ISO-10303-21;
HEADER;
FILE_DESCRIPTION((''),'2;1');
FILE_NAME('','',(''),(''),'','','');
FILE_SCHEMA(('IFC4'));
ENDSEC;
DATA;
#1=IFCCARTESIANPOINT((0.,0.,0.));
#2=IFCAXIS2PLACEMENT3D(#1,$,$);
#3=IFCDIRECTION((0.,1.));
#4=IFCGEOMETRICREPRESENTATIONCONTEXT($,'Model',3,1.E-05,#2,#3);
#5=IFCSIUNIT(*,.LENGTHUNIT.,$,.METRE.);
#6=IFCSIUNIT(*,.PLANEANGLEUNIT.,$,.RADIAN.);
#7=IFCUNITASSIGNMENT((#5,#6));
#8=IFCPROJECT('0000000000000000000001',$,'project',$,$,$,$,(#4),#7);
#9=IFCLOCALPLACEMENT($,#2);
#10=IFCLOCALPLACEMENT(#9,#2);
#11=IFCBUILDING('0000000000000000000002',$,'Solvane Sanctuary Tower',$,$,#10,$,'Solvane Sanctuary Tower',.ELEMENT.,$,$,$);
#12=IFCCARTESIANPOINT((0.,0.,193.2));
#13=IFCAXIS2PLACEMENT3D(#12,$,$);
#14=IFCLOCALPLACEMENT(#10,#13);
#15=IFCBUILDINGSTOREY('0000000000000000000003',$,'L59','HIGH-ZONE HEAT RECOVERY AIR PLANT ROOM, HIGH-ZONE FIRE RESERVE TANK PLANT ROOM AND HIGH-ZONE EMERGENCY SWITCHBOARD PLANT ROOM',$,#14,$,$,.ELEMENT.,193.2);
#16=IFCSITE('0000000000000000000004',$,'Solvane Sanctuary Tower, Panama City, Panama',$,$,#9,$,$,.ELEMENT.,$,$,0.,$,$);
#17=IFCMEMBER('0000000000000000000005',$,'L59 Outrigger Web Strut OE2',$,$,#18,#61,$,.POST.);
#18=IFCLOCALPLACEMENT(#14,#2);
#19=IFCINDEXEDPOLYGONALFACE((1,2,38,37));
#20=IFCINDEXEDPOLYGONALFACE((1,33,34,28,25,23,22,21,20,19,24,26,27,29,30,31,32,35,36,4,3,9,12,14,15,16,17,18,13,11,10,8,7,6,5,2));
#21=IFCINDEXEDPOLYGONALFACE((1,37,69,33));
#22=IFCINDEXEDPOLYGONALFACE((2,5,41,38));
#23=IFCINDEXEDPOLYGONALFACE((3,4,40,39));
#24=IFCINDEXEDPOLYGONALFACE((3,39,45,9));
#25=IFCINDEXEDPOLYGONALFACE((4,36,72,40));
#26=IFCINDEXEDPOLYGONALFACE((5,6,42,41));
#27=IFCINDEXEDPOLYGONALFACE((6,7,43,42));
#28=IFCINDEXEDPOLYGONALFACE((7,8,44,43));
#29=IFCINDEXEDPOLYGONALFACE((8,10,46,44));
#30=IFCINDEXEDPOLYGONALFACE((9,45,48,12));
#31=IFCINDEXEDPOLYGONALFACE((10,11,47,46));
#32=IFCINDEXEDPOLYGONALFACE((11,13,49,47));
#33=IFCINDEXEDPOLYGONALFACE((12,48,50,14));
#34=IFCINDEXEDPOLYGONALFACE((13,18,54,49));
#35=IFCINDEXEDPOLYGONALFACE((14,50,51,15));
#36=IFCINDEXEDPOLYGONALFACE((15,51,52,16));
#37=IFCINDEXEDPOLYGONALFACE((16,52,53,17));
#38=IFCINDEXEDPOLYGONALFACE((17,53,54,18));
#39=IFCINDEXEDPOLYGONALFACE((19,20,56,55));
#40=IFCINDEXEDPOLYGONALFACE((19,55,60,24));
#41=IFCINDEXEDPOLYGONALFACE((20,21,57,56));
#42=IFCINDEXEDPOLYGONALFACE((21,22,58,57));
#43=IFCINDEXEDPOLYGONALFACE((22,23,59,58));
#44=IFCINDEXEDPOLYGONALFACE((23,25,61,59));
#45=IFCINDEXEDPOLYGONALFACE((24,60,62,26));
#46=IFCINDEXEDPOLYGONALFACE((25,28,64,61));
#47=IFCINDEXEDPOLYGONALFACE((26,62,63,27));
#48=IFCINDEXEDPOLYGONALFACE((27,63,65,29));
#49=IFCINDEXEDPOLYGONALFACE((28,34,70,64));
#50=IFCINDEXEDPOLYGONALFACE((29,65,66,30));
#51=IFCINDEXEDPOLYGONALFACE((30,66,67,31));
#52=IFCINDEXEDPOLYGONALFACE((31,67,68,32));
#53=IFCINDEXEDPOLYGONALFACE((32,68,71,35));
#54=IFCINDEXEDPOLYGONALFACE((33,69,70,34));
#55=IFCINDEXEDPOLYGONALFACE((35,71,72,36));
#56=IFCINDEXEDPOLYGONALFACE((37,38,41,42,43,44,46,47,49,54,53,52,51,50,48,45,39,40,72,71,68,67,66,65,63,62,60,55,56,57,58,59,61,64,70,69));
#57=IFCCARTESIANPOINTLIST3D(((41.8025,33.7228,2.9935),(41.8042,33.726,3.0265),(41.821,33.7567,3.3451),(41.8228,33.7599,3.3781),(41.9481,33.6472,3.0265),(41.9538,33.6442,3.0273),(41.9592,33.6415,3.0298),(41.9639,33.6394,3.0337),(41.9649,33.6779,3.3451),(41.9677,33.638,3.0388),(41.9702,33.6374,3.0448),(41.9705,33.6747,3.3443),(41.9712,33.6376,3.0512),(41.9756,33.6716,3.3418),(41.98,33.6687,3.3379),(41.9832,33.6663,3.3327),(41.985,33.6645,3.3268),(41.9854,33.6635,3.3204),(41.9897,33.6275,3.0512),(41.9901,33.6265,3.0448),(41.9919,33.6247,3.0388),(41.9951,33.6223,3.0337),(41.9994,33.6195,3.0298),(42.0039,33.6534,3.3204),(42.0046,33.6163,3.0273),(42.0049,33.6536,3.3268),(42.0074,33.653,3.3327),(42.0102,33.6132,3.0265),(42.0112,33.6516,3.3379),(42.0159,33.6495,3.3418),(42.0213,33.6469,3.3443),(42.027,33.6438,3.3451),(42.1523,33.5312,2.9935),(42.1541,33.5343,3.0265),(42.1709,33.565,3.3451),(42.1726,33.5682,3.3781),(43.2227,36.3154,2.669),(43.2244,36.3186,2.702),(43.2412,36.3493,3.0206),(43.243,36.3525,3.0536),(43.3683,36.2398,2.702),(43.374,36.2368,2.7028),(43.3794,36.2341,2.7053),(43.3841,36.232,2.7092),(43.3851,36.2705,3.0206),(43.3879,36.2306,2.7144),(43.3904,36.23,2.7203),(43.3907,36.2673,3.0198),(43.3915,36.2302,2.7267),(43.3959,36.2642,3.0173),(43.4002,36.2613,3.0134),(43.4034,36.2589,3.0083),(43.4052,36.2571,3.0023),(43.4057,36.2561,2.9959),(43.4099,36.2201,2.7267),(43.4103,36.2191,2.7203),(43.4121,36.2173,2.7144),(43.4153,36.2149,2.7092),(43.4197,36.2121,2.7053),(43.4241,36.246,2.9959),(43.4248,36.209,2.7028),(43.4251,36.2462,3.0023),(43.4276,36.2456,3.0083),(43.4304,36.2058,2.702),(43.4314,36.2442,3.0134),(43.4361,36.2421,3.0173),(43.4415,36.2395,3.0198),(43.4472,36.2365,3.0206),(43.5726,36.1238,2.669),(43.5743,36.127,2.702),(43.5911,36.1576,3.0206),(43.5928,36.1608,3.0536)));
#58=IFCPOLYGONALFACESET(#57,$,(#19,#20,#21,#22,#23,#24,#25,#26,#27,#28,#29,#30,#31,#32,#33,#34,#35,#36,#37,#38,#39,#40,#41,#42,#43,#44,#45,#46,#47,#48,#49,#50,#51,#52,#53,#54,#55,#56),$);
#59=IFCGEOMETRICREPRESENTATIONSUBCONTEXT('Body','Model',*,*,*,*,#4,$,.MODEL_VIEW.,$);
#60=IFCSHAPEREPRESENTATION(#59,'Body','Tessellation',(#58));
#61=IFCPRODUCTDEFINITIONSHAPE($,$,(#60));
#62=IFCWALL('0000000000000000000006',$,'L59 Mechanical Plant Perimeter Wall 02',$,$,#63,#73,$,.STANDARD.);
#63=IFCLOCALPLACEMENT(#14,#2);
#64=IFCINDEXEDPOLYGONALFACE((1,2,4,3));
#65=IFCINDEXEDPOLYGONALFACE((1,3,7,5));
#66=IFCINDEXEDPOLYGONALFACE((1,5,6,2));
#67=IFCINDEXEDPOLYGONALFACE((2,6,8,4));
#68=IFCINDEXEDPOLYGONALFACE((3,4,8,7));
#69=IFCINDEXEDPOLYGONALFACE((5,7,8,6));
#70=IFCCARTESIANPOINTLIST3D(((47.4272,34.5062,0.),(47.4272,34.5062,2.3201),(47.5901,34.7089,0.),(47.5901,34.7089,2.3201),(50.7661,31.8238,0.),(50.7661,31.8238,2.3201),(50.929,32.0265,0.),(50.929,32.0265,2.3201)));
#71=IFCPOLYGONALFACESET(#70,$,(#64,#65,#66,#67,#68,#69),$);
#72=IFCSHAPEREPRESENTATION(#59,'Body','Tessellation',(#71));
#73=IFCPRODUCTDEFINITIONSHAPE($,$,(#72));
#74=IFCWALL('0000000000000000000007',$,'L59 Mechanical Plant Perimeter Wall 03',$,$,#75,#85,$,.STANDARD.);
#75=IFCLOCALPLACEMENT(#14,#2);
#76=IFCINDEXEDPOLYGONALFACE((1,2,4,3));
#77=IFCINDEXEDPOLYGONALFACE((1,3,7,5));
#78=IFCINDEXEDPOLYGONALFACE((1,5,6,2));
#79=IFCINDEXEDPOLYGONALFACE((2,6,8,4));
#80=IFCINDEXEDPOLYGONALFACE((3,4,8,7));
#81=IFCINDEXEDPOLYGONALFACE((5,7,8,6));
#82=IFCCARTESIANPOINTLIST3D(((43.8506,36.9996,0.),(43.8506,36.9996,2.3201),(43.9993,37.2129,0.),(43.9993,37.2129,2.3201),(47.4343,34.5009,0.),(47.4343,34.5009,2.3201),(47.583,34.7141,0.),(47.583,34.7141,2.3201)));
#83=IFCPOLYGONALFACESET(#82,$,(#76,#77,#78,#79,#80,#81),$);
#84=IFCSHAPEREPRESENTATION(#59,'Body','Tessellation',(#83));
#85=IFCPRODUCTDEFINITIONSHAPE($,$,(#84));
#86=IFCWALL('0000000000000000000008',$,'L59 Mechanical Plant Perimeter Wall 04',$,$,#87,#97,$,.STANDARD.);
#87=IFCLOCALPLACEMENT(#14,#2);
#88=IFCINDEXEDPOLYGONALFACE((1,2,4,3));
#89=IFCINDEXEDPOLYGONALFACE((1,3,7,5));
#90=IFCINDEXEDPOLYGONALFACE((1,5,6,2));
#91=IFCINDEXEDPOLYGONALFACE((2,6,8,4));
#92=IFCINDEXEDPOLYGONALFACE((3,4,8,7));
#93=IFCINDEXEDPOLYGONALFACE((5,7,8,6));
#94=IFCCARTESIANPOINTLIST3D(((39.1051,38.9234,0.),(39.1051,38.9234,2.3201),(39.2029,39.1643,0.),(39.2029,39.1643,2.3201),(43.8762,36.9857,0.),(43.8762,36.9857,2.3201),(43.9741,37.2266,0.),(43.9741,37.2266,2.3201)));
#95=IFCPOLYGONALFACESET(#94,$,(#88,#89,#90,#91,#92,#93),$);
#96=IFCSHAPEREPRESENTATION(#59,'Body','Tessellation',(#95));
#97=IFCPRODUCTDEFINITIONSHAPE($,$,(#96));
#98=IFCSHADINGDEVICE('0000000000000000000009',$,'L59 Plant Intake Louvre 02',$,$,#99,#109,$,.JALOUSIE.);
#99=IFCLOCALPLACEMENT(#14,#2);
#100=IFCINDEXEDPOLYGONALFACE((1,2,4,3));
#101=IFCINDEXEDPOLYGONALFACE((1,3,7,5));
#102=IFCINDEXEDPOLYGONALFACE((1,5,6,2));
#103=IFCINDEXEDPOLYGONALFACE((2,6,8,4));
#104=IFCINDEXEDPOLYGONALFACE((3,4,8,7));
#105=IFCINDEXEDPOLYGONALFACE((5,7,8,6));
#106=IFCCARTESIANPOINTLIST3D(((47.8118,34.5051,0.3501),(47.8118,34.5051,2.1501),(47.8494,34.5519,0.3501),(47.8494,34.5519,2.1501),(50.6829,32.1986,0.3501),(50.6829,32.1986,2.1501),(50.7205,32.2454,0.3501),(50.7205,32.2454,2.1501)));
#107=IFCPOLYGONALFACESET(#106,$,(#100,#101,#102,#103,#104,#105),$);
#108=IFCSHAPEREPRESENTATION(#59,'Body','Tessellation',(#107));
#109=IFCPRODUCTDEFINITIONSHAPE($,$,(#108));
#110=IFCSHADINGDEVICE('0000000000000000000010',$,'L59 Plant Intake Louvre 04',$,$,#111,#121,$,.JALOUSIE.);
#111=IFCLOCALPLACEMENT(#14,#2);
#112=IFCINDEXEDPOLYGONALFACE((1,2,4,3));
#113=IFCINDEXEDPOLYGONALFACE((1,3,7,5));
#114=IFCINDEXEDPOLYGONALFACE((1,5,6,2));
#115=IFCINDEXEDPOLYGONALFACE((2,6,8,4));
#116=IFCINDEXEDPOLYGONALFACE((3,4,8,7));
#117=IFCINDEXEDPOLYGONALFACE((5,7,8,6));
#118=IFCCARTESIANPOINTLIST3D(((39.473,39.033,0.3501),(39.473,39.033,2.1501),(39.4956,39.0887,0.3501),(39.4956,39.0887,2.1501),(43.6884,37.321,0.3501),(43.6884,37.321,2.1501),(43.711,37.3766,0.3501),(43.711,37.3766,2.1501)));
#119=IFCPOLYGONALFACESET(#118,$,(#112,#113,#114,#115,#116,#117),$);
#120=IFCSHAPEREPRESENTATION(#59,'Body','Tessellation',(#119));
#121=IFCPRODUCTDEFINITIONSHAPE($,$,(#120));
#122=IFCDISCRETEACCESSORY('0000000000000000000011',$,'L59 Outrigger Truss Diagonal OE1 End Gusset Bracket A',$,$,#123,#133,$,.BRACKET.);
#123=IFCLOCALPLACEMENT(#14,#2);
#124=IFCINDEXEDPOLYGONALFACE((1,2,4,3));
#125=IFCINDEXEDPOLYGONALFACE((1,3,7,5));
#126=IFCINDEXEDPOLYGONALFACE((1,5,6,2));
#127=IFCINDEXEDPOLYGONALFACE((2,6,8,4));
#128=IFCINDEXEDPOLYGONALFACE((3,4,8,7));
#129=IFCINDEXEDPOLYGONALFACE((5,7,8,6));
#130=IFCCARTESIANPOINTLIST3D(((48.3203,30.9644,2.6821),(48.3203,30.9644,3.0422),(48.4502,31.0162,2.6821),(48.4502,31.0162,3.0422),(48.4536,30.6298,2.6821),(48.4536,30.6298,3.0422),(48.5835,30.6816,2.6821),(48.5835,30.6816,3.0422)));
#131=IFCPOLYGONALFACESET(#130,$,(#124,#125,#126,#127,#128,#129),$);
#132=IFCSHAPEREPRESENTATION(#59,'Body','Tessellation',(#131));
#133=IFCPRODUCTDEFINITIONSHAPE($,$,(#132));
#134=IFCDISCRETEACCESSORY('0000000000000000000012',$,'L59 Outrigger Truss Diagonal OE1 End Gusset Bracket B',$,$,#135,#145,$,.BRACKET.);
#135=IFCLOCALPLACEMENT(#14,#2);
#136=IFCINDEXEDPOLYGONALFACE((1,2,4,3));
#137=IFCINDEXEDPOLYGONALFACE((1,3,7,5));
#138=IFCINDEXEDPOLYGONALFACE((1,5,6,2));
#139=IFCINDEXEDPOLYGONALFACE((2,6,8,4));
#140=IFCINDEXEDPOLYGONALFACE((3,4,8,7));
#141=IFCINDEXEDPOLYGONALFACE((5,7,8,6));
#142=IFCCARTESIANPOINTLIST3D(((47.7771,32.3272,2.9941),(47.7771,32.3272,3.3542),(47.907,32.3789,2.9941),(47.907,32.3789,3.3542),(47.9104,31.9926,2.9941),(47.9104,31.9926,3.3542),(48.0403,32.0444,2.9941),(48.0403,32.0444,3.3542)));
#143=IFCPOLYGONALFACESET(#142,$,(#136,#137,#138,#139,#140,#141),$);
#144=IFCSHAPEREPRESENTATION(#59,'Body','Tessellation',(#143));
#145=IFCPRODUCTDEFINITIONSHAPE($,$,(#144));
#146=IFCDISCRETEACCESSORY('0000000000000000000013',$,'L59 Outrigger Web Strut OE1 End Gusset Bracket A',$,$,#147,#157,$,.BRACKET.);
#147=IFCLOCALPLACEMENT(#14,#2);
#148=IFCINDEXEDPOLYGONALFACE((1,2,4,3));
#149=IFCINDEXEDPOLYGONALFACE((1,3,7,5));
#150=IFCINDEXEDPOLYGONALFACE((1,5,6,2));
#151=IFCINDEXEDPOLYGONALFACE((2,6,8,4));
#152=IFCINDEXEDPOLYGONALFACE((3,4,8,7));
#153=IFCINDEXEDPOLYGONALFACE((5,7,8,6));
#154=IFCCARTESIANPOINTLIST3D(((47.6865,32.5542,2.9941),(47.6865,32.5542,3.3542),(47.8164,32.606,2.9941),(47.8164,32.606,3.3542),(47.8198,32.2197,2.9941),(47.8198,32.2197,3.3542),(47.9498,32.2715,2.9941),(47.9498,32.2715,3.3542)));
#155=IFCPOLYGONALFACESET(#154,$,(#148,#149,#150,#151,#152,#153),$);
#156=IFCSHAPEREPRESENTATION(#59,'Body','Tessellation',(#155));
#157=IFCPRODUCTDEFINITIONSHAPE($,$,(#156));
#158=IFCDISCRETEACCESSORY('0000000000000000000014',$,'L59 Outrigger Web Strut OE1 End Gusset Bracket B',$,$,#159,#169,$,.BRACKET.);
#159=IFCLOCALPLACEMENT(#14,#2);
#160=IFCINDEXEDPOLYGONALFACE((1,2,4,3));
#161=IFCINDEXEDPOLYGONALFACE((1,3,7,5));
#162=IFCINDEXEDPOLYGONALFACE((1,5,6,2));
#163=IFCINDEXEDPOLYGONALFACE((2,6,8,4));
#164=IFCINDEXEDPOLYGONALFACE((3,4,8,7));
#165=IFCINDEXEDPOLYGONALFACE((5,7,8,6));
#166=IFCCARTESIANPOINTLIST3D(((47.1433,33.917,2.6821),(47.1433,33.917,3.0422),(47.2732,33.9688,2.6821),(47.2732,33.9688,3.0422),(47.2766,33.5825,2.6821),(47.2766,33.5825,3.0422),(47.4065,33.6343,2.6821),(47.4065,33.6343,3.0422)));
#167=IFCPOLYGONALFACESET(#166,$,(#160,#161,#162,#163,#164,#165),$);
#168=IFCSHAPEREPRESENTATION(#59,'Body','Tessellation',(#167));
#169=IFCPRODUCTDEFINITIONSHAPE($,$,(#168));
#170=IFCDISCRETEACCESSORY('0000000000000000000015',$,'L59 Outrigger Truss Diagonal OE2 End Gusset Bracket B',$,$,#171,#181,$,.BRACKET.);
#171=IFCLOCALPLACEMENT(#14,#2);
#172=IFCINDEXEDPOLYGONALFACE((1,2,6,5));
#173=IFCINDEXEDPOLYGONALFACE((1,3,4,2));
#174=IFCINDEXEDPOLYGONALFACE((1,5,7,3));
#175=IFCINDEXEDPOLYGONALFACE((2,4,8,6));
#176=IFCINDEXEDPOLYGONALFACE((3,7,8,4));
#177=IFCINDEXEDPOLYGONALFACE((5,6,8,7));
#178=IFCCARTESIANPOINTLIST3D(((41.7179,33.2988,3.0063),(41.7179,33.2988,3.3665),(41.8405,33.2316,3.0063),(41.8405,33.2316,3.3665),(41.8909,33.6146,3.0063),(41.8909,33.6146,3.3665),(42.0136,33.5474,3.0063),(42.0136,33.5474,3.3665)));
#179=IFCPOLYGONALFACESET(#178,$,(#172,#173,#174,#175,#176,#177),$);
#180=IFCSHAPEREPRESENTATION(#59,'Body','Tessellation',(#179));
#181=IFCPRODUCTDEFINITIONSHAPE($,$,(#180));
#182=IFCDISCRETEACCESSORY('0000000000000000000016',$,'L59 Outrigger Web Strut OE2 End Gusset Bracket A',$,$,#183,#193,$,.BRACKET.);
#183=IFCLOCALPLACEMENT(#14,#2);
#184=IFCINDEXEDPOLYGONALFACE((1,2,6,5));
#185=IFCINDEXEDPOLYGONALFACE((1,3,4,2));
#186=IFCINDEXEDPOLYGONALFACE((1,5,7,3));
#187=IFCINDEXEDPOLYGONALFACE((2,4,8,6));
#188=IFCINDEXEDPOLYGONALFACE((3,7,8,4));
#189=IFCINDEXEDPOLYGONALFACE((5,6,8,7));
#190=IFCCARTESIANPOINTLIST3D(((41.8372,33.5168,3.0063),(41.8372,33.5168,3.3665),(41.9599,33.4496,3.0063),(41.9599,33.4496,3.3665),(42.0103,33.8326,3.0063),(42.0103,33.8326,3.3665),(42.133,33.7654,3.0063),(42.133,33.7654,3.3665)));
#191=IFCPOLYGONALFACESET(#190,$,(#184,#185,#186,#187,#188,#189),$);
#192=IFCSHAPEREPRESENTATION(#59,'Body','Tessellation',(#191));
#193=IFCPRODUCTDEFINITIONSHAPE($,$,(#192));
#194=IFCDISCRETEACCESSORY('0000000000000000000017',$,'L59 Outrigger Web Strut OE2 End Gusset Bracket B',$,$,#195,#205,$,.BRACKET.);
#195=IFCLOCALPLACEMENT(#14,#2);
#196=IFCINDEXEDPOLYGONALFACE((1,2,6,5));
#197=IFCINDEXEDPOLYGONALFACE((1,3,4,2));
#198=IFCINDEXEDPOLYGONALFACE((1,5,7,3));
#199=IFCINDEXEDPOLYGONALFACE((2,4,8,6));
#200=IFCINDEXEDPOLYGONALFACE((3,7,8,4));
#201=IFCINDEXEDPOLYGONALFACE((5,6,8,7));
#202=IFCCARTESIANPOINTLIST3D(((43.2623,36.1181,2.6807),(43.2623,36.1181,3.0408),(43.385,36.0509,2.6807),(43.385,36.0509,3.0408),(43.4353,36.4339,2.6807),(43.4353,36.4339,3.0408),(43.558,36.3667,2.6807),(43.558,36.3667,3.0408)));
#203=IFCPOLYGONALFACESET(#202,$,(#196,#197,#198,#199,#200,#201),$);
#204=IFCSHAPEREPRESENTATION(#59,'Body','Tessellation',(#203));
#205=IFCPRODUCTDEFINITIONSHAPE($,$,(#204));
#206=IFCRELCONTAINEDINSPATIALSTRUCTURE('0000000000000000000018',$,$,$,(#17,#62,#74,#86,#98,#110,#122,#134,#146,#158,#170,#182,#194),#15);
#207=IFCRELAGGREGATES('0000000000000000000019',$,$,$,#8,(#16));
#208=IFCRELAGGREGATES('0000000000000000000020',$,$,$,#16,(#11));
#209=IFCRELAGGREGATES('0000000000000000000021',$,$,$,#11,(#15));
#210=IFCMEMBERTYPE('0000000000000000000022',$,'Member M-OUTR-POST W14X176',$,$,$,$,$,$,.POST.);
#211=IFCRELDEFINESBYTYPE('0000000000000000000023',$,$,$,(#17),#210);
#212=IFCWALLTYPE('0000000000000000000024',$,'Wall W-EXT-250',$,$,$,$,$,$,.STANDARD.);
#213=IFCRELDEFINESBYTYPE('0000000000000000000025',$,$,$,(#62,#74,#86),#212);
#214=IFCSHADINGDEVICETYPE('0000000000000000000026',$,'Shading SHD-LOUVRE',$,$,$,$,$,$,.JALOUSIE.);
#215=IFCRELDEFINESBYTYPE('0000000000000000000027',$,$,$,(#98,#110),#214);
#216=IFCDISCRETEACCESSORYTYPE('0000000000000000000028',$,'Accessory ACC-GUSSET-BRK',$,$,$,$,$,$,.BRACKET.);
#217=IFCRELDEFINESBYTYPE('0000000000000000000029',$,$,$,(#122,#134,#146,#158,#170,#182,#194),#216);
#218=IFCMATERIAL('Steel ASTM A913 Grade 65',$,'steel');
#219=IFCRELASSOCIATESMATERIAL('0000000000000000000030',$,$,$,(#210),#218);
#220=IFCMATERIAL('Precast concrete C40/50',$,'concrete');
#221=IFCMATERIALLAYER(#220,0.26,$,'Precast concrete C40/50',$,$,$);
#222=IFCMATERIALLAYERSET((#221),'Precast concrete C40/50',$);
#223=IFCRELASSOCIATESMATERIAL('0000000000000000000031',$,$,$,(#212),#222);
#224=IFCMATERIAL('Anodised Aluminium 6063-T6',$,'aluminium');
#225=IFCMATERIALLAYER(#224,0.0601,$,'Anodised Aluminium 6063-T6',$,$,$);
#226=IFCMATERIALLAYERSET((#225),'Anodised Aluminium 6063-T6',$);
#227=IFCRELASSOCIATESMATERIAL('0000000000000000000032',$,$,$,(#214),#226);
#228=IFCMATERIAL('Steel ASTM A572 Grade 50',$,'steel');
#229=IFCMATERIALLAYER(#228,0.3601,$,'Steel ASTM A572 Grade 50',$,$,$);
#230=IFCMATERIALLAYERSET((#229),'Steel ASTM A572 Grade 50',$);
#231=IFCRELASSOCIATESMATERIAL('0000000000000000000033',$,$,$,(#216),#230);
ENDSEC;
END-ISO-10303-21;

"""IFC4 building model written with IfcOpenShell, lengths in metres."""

from ifc_helpers import new_model, si_unit, direction, frame, frame_2d, origin, origin_2d, place, context, subcontext, project, spatial, rectangle, i_section, extrude, material, layer, layer_set, material_profile, profile_set, type_object, element, save


model = new_model("IFC4")

# Units and contexts
model_context = context("Model", 3, precision=1e-05, world=origin(), true_north=direction((0.0, 1.0)))
body_context = subcontext(model_context, "Body", "Model", "MODEL_VIEW")
ifc_project = project(units=[si_unit("LENGTHUNIT", "METRE"), si_unit("PLANEANGLEUNIT", "RADIAN")], contexts=[model_context])

# Site, building, storey
site_placement = place(None, origin())
site = spatial("IfcSite", under=ifc_project, at=site_placement, Name="Solvane Sanctuary Tower, Panama City, Panama", CompositionType="ELEMENT", RefElevation=0.0)
building_placement = place(site_placement, origin())
building = spatial("IfcBuilding", under=site, at=building_placement, Name="Solvane Sanctuary Tower", LongName="Solvane Sanctuary Tower", CompositionType="ELEMENT")
storey_placement = place(building_placement, frame((0.0, 0.0, 193.2)))
storey = spatial("IfcBuildingStorey", under=building, at=storey_placement, Name="L59", Description="HIGH-ZONE HEAT RECOVERY AIR PLANT ROOM, HIGH-ZONE FIRE RESERVE TANK PLANT ROOM AND HIGH-ZONE EMERGENCY SWITCHBOARD PLANT ROOM", CompositionType="ELEMENT", Elevation=193.2)

# Member
ifc_material_1 = material(Name="Steel ASTM A913 Grade 65", Category="steel")
ifc_material_profile_1 = material_profile(ifc_material_1, i_section(OverallWidth=0.3989, OverallDepth=0.387, WebThickness=0.021, FlangeThickness=0.0332, FilletRadius=0.0249, at=origin_2d()), Name="W14X176")
ifc_profile_set_1 = profile_set([ifc_material_profile_1], Name="Steel ASTM A913 Grade 65")
member_type_1 = type_object("IfcMemberType", Name="Member M-OUTR-POST W14X176", PredefinedType="POST", material=ifc_profile_set_1)
member_1_placement = place(storey_placement, frame((41.9875, 33.6455, 3.1858), z_axis=(0.477563, 0.871797, -0.109108), x_axis=(-0.877032, 0.480431, 0.0)))
element("IfcMember", 1, at=member_1_placement, inside=storey, type_object=member_type_1, Name="L59 Outrigger Web Strut OE2", PredefinedType="POST", context=body_context, shape_type="SweptSolid", body=[
    extrude(i_section(OverallWidth=0.3989, OverallDepth=0.387, WebThickness=0.021, FlangeThickness=0.0332, FilletRadius=0.0249, at=origin_2d()), origin(), (0.0, 0.0, 1.0), 2.9739),
])

# Walls
ifc_material_2 = material(Name="Precast concrete C40/50", Category="concrete")
ifc_layer_1 = layer(ifc_material_2, 0.26, Name="Precast concrete C40/50")
ifc_layer_set_1 = layer_set([ifc_layer_1], Name="Precast concrete C40/50")
wall_type = type_object("IfcWallType", Name="Wall W-EXT-250", PredefinedType="STANDARD", material=ifc_layer_set_1)
wall_1_placement = place(storey_placement, frame((50.8477, 31.925, 0.0), z_axis=(0.0, 0.0, 1.0), x_axis=(-0.779582, 0.6263, 0.0)))
element("IfcWall", 2, at=wall_1_placement, inside=storey, type_object=wall_type, Name="L59 Mechanical Plant Perimeter Wall 02", PredefinedType="STANDARD", context=body_context, shape_type="SweptSolid", body=[
    extrude(rectangle(XDim=4.283, YDim=0.26, at=frame_2d((2.1416, 0.0))), origin(), (0.0, 0.0, 1.0), 2.3201),
])
wall_2_placement = place(storey_placement, frame((47.5088, 34.6074, 0.0), z_axis=(0.0, 0.0, 1.0), x_axis=(-0.820289, 0.57195, 0.0)))
element("IfcWall", 3, at=wall_2_placement, inside=storey, type_object=wall_type, Name="L59 Mechanical Plant Perimeter Wall 03", PredefinedType="STANDARD", context=body_context, shape_type="SweptSolid", body=[
    extrude(rectangle(XDim=4.3689, YDim=0.26, at=frame_2d((2.1846, 0.0))), origin(), (0.0, 0.0, 1.0), 2.3201),
])
wall_3_placement = place(storey_placement, frame((43.925, 37.1062, 0.0), z_axis=(0.0, 0.0, 1.0), x_axis=(-0.926505, 0.376282, 0.0)))
element("IfcWall", 4, at=wall_3_placement, inside=storey, type_object=wall_type, Name="L59 Mechanical Plant Perimeter Wall 04", PredefinedType="STANDARD", context=body_context, shape_type="SweptSolid", body=[
    extrude(rectangle(XDim=5.1497, YDim=0.26, at=frame_2d((2.5747, 0.0))), origin(), (0.0, 0.0, 1.0), 2.3201),
])

# Shading devices
ifc_material_3 = material(Name="Anodised Aluminium 6063-T6", Category="aluminium")
ifc_layer_2 = layer(ifc_material_3, 0.0601, Name="Anodised Aluminium 6063-T6")
ifc_layer_set_2 = layer_set([ifc_layer_2], Name="Anodised Aluminium 6063-T6")
shading_device_type = type_object("IfcShadingDeviceType", Name="Shading SHD-LOUVRE", PredefinedType="JALOUSIE", material=ifc_layer_set_2)
shading_device_1_placement = place(storey_placement, frame((49.2661, 33.3752, 0.3501), z_axis=(0.0, 0.0, 1.0), x_axis=(-0.779585, 0.626296, 0.0)))
element("IfcShadingDevice", 5, at=shading_device_1_placement, inside=storey, type_object=shading_device_type, Name="L59 Plant Intake Louvre 02", PredefinedType="JALOUSIE", context=body_context, shape_type="SweptSolid", body=[
    extrude(rectangle(XDim=3.6829, YDim=0.0601, at=origin_2d()), origin(), (0.0, 0.0, 1.0), 1.8),
])
shading_device_2_placement = place(storey_placement, frame((41.592, 38.2048, 0.3501), z_axis=(0.0, 0.0, 1.0), x_axis=(-0.9265, 0.376294, 0.0)))
element("IfcShadingDevice", 6, at=shading_device_2_placement, inside=storey, type_object=shading_device_type, Name="L59 Plant Intake Louvre 04", PredefinedType="JALOUSIE", context=body_context, shape_type="SweptSolid", body=[
    extrude(rectangle(XDim=4.5498, YDim=0.0601, at=origin_2d()), origin(), (0.0, 0.0, 1.0), 1.8),
])

# Discrete accessories
ifc_material_4 = material(Name="Steel ASTM A572 Grade 50", Category="steel")
ifc_layer_3 = layer(ifc_material_4, 0.3601, Name="Steel ASTM A572 Grade 50")
ifc_layer_set_3 = layer_set([ifc_layer_3], Name="Steel ASTM A572 Grade 50")
discrete_accessory_type = type_object("IfcDiscreteAccessoryType", Name="Accessory ACC-GUSSET-BRK", PredefinedType="BRACKET", material=ifc_layer_set_3)
for number, where, z_axis, x_axis, name in (
    (7, (48.4519, 30.823, 2.6821), (0.0, 0.0, 1.0), (-0.370233, 0.928939, 0.0), "L59 Outrigger Truss Diagonal OE1 End Gusset Bracket A"),
    (8, (47.9087, 32.1858, 2.9941), (0.0, 0.0, 1.0), (-0.370233, 0.928939, 0.0), "L59 Outrigger Truss Diagonal OE1 End Gusset Bracket B"),
    (9, (47.8181, 32.4128, 2.9941), (0.0, 0.0, 1.0), (-0.370233, 0.928939, 0.0), "L59 Outrigger Web Strut OE1 End Gusset Bracket A"),
    (10, (47.2749, 33.7756, 2.6821), (0.0, 0.0, 1.0), (-0.370233, 0.928939, 0.0), "L59 Outrigger Web Strut OE1 End Gusset Bracket B"),
    (11, (41.8657, 33.4231, 3.0063), (0.0, 0.0, 1.0), (0.48053, 0.876978, 0.0), "L59 Outrigger Truss Diagonal OE2 End Gusset Bracket B"),
    (12, (41.9851, 33.6411, 3.0063), (0.0, 0.0, 1.0), (0.48053, 0.876978, 0.0), "L59 Outrigger Web Strut OE2 End Gusset Bracket A"),
    (13, (43.4102, 36.2424, 2.6807), (0.0, 0.0, 1.0), (0.48053, 0.876978, 0.0), "L59 Outrigger Web Strut OE2 End Gusset Bracket B"),
):
    element("IfcDiscreteAccessory", number, at=place(storey_placement, frame(where, z_axis=z_axis, x_axis=x_axis)), inside=storey, type_object=discrete_accessory_type, Name=name, PredefinedType="BRACKET", context=body_context, shape_type="SweptSolid", body=[
        extrude(rectangle(XDim=0.3601, YDim=0.1399, at=origin_2d()), origin(), (0.0, 0.0, 1.0), 0.3601),
    ])

save(model, "model.ifc")
